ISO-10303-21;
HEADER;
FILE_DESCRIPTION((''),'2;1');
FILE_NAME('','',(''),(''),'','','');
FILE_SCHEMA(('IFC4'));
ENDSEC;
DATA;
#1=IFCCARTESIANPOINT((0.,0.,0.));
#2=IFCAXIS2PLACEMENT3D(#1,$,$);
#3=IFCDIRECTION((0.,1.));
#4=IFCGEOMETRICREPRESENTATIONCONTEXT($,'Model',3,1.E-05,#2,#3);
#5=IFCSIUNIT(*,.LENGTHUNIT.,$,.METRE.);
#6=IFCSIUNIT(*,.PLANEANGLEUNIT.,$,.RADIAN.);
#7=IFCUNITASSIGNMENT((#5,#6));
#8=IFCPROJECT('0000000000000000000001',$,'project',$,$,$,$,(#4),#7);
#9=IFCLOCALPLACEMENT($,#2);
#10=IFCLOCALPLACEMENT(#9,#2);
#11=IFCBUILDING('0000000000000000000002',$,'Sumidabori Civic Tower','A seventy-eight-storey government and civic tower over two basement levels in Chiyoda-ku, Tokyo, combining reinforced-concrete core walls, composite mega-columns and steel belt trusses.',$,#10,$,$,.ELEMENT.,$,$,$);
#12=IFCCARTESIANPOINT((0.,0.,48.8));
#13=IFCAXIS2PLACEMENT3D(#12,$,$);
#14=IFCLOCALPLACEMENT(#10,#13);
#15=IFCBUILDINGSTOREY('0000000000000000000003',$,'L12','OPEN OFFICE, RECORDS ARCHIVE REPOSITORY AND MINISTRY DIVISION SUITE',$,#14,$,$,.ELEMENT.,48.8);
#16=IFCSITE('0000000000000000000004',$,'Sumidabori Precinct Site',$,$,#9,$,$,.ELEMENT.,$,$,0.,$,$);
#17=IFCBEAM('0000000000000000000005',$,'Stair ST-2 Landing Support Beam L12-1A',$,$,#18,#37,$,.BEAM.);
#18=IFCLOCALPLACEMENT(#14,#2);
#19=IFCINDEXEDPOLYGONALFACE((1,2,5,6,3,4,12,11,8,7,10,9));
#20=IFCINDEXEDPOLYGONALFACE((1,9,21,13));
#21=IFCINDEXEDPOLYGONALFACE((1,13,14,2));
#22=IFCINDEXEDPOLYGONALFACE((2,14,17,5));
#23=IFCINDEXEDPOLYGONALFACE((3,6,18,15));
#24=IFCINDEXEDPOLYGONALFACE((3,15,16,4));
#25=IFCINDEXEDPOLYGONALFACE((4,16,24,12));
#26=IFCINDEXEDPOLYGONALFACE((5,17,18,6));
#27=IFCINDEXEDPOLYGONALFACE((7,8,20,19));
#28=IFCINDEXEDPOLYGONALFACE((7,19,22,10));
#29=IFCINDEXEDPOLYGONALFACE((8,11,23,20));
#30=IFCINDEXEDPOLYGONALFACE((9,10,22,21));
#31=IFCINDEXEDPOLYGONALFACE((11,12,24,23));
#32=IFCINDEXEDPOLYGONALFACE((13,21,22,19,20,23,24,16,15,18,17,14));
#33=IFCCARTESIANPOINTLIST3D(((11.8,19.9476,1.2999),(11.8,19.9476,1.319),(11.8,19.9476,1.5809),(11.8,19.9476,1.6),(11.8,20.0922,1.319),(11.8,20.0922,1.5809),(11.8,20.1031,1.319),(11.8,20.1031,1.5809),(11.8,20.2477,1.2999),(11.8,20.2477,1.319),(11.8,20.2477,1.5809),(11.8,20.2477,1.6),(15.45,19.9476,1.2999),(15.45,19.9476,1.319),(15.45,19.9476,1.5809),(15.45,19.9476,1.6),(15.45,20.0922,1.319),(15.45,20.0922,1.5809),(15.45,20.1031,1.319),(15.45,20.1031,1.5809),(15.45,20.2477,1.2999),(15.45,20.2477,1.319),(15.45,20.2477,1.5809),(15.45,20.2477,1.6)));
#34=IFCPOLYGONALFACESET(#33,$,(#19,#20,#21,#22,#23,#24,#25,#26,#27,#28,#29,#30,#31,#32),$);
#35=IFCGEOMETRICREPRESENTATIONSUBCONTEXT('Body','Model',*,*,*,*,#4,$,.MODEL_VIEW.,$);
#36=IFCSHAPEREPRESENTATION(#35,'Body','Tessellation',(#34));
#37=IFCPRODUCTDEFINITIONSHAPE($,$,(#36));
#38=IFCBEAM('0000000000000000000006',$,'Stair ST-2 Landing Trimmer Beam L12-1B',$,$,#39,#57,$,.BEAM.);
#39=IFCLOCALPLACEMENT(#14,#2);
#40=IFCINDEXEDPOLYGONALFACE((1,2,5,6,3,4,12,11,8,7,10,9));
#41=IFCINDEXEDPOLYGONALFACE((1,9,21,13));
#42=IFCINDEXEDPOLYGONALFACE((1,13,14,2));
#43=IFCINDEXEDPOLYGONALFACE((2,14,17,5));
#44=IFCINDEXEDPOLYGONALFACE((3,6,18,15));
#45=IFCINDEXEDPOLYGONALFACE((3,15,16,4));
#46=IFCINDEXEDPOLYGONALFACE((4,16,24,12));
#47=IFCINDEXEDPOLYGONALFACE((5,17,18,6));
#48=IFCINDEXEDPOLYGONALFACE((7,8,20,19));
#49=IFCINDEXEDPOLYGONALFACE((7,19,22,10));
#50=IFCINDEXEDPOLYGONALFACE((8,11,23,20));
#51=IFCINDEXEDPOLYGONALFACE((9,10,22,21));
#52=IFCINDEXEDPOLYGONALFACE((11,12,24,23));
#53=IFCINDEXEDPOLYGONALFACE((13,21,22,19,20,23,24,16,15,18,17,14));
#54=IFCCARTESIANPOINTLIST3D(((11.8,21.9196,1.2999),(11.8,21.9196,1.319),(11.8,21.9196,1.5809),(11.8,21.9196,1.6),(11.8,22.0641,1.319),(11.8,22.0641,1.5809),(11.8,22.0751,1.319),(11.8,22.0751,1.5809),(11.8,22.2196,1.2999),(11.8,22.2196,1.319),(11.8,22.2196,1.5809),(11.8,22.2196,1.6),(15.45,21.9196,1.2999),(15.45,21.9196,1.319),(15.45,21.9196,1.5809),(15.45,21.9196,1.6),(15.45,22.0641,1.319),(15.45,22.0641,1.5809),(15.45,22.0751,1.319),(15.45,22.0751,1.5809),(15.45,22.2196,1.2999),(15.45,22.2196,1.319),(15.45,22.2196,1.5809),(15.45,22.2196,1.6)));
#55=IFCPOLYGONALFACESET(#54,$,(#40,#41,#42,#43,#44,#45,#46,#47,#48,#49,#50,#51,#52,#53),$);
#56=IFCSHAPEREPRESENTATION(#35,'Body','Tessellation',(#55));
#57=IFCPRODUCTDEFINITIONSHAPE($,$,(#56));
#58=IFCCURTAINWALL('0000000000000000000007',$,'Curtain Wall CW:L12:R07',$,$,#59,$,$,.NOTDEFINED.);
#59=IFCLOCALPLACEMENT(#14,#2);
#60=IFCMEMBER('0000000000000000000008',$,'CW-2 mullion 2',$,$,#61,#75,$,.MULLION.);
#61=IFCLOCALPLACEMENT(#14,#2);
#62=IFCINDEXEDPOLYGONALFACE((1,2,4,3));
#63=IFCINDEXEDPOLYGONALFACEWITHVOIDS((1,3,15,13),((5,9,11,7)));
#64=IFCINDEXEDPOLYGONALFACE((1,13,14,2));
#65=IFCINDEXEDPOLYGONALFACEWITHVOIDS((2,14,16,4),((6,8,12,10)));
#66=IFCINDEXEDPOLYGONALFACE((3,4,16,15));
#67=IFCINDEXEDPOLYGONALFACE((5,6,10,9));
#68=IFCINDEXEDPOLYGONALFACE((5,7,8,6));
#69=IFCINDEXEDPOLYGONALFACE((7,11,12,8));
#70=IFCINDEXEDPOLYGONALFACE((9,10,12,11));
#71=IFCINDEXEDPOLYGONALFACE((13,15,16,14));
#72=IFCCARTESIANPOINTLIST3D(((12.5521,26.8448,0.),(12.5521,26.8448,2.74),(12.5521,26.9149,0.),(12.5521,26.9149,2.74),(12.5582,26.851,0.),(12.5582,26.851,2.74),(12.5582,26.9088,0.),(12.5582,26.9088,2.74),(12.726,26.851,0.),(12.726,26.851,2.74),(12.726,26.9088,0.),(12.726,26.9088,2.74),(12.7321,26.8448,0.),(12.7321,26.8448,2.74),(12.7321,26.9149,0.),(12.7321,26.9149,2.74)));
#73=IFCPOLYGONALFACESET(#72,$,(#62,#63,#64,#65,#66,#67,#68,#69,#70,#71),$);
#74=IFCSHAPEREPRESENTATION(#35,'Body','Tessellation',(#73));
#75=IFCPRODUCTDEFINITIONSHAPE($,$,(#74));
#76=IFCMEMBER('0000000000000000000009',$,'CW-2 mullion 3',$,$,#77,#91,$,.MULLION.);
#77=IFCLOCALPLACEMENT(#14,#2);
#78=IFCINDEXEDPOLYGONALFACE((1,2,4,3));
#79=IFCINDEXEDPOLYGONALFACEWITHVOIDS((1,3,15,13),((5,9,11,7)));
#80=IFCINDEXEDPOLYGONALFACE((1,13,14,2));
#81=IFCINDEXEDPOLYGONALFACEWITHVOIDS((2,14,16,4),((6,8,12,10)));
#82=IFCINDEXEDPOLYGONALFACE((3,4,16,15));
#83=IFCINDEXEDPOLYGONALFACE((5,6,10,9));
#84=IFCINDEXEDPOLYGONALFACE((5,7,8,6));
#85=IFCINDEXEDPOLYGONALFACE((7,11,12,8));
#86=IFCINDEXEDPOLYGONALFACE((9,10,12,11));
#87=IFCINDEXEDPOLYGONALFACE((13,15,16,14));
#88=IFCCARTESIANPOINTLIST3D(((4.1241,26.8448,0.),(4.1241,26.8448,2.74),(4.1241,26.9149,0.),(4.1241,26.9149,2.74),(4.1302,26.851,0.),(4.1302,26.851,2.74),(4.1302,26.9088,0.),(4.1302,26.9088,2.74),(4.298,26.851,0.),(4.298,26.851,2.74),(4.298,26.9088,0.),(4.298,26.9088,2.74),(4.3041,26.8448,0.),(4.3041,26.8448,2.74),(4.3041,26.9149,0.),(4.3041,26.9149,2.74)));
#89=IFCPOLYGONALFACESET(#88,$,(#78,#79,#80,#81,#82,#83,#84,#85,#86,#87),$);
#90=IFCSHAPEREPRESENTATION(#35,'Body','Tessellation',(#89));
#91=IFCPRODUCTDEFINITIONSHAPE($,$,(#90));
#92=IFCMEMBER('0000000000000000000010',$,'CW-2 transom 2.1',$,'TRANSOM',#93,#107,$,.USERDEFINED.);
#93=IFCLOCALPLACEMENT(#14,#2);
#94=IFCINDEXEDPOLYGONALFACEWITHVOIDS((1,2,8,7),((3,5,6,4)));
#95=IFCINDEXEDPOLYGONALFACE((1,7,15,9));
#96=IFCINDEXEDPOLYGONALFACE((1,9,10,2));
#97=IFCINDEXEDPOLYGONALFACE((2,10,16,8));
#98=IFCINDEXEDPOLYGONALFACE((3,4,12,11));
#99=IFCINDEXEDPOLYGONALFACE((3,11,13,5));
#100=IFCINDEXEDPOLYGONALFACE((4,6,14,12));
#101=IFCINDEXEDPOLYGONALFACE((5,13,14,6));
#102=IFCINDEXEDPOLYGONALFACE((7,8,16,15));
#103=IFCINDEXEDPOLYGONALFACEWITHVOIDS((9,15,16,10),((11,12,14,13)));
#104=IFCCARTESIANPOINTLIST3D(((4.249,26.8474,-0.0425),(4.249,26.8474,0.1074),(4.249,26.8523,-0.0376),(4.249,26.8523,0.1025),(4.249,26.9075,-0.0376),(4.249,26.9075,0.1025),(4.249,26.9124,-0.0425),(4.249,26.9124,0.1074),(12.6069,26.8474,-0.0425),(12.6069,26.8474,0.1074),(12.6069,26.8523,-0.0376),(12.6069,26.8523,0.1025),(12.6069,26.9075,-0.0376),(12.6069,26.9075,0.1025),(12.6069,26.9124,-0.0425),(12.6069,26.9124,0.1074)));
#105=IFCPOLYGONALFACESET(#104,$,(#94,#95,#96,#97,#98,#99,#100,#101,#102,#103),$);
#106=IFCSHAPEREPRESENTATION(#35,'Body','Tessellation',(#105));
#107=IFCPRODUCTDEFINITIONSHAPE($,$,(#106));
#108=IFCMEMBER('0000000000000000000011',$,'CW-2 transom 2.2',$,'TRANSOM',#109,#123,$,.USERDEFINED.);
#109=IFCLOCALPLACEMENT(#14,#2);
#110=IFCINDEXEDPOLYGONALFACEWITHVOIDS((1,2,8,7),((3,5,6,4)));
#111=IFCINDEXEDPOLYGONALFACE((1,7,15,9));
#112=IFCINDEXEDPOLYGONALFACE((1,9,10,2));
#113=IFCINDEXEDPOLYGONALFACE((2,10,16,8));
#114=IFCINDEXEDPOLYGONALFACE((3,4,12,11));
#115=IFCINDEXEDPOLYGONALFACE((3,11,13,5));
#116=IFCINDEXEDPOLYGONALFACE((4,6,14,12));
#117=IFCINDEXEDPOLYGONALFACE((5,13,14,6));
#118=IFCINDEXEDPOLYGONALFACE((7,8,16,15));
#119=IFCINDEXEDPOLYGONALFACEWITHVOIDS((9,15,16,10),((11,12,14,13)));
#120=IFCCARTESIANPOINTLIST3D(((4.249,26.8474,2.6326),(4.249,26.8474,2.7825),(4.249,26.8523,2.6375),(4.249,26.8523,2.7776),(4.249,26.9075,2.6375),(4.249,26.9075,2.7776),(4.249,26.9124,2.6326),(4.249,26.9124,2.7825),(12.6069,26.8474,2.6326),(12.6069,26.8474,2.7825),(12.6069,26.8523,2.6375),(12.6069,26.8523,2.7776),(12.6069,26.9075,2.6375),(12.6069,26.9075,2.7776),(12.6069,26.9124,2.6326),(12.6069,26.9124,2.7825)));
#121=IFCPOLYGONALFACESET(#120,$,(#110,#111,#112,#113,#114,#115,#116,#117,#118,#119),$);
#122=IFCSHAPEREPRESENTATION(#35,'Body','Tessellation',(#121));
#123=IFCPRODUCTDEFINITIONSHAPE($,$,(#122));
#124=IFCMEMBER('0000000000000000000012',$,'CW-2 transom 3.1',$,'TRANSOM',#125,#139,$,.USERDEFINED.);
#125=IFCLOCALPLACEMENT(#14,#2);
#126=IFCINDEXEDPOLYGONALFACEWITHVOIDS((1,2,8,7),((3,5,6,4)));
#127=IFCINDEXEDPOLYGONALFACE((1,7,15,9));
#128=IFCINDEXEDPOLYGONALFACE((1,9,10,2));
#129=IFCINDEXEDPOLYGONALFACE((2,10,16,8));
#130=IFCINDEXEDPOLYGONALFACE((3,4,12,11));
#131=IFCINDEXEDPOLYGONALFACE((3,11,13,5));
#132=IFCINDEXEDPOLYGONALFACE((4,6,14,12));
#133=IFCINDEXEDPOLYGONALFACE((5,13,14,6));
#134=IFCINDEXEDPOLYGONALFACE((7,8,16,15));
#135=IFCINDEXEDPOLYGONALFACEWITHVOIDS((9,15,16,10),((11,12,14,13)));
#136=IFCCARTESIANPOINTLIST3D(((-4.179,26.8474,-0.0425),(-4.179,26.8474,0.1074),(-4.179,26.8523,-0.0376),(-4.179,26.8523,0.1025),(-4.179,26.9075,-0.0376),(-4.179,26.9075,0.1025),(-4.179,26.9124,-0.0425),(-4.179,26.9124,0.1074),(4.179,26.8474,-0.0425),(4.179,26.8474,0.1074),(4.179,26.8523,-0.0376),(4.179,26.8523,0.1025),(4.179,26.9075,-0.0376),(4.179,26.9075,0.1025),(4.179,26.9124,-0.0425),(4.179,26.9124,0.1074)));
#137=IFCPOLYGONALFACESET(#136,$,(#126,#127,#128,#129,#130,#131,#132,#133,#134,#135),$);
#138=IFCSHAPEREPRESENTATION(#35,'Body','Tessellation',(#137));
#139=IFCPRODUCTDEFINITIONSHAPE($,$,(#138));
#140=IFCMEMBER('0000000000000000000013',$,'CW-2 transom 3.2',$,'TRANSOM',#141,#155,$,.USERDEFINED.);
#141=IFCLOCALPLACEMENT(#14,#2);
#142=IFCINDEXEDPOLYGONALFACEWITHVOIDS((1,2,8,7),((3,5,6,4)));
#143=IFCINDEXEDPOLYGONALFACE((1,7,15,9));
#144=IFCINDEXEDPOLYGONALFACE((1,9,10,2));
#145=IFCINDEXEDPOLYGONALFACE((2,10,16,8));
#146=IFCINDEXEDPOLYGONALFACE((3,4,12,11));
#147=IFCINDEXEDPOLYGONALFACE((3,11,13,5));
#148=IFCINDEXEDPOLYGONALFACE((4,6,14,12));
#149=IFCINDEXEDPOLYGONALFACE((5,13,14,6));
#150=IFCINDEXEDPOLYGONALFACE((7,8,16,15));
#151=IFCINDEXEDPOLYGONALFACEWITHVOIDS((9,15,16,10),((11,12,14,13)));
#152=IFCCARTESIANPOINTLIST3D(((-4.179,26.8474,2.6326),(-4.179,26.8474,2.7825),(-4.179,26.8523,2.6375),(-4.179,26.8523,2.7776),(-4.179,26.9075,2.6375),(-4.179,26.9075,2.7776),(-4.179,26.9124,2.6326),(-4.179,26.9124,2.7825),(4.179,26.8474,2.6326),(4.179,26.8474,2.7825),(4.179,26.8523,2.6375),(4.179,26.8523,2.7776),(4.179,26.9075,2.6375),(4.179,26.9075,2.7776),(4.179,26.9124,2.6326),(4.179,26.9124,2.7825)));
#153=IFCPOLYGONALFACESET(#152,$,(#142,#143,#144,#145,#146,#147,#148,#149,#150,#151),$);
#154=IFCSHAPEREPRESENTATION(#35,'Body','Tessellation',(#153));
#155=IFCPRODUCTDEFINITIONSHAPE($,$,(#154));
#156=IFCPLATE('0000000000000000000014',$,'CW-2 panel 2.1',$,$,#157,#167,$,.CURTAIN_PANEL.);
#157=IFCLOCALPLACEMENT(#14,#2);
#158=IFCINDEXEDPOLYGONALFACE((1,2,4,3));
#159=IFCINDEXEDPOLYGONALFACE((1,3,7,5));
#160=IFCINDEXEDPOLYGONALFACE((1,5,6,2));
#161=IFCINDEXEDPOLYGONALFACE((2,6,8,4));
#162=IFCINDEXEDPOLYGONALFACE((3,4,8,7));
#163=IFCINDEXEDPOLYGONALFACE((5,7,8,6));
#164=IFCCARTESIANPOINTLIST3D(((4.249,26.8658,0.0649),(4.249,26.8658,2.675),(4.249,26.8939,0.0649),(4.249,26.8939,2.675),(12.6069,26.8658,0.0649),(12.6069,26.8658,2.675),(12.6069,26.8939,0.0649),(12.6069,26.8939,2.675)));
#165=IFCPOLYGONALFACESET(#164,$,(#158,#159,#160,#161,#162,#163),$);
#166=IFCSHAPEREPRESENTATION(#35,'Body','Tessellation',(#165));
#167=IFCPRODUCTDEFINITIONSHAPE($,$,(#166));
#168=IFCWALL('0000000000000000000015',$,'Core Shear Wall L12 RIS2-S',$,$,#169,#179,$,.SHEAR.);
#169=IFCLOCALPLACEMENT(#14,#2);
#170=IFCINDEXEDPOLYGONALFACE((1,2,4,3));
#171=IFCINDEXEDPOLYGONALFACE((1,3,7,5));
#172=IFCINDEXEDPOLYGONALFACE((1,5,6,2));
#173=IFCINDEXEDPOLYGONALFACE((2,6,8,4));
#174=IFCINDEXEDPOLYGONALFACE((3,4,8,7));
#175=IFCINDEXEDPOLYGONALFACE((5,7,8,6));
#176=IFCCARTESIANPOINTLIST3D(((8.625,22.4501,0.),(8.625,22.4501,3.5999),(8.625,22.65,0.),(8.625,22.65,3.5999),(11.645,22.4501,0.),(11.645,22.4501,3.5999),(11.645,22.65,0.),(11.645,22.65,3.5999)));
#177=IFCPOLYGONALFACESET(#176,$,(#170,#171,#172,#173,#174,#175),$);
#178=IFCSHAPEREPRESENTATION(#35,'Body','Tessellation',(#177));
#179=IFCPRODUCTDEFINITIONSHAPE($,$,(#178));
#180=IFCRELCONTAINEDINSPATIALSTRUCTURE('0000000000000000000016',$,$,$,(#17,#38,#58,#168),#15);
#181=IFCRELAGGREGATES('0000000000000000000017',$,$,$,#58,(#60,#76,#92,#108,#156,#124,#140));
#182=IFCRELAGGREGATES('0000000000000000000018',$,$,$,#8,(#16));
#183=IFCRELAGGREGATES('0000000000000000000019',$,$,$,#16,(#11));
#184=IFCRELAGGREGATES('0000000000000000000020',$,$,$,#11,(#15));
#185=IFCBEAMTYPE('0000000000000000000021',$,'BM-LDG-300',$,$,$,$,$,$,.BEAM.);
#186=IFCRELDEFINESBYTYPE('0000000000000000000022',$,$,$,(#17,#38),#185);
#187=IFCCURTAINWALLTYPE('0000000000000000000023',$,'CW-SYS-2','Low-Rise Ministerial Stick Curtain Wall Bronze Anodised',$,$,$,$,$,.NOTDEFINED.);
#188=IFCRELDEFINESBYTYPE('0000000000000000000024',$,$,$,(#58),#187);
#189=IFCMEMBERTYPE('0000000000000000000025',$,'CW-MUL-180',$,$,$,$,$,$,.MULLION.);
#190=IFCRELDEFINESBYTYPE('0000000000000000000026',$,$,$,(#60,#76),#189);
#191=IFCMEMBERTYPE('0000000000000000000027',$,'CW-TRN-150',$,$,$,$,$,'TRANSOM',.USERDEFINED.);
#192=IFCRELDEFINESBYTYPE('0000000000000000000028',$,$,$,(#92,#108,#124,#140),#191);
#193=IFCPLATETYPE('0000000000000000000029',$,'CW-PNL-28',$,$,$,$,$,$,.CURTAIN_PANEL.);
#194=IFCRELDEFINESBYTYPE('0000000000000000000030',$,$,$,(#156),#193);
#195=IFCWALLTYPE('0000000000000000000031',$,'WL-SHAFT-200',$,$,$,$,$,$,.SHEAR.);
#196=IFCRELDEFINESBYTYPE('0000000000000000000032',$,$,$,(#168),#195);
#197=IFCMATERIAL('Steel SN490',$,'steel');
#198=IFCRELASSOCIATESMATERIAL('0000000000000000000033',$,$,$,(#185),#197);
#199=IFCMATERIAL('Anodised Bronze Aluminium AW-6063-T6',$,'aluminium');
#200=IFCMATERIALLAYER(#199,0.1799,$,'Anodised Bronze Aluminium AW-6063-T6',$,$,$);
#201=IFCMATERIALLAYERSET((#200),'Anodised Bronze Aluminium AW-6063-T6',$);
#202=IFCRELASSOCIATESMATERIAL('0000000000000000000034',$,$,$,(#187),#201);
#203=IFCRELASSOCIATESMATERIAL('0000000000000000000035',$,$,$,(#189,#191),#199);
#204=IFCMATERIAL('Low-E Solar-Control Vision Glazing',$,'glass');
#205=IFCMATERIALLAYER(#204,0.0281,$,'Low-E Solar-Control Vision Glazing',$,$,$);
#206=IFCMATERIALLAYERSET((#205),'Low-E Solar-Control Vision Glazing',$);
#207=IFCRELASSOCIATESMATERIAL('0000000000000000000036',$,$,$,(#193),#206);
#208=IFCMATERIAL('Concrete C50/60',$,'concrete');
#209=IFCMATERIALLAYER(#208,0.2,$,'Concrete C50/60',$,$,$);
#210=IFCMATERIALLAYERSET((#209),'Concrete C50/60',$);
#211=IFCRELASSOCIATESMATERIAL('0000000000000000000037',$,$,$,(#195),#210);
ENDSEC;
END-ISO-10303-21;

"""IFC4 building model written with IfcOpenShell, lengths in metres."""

from ifc_helpers import new_model, si_unit, direction, frame, frame_2d, origin, origin_2d, place, context, subcontext, project, spatial, rectangle, hollow_rectangle, i_section, extrude, source, transform, mapped, material, layer, layer_set, material_profile, profile_set, type_object, element, aggregate, save


model = new_model("IFC4")

# Units and contexts
model_context = context("Model", 3, precision=1e-05, world=origin(), true_north=direction((0.0, 1.0)))
body_context = subcontext(model_context, "Body", "Model", "MODEL_VIEW")
ifc_project = project(units=[si_unit("LENGTHUNIT", "METRE"), si_unit("PLANEANGLEUNIT", "RADIAN")], contexts=[model_context])

# Site, building, storey
site_placement = place(None, origin())
site = spatial("IfcSite", under=ifc_project, at=site_placement, Name="Sumidabori Precinct Site", CompositionType="ELEMENT", RefElevation=0.0)
building_placement = place(site_placement, origin())
building = spatial("IfcBuilding", under=site, at=building_placement, Name="Sumidabori Civic Tower", Description="A seventy-eight-storey government and civic tower over two basement levels in Chiyoda-ku, Tokyo, combining reinforced-concrete core walls, composite mega-columns and steel belt trusses.", CompositionType="ELEMENT")
storey_placement = place(building_placement, frame((0.0, 0.0, 48.8)))
storey = spatial("IfcBuildingStorey", under=building, at=storey_placement, Name="L12", Description="OPEN OFFICE, RECORDS ARCHIVE REPOSITORY AND MINISTRY DIVISION SUITE", CompositionType="ELEMENT", Elevation=48.8)

# Beams
ifc_material_1 = material(Name="Steel SN490", Category="steel")
ifc_material_profile_1 = material_profile(ifc_material_1, i_section(OverallWidth=0.3, OverallDepth=0.3, WebThickness=0.011, FlangeThickness=0.019, at=origin_2d()), Name="HE 300 B")
ifc_profile_set_1 = profile_set([ifc_material_profile_1], Name="Steel SN490")
beam_type = type_object("IfcBeamType", Name="BM-LDG-300", PredefinedType="BEAM", material=ifc_profile_set_1)
shared_shape_1 = source(origin(), body_context, "Body", "SweptSolid", [
    extrude(i_section(OverallWidth=0.3, OverallDepth=0.3, WebThickness=0.011, FlangeThickness=0.019, at=origin_2d()), origin(), (0.0, 0.0, 1.0), 3.6499),
])
for number, where, z_axis, x_axis, name in (
    (1, (11.8, 20.0977, 1.45), (1.0, 0.0, 0.0), (0.0, 1.0, 0.0), "Stair ST-2 Landing Support Beam L12-1A"),
    (2, (11.8, 22.0696, 1.45), (1.0, 0.0, 0.0), (0.0, 1.0, 0.0), "Stair ST-2 Landing Trimmer Beam L12-1B"),
):
    element("IfcBeam", number, at=place(storey_placement, frame(where, z_axis=z_axis, x_axis=x_axis)), inside=storey, type_object=beam_type, Name=name, PredefinedType="BEAM", context=body_context, shape_type="MappedRepresentation", body=[
        mapped(shared_shape_1, transform((0.0, 0.0, 0.0), x_axis=(1.0, 0.0, 0.0), y_axis=(0.0, 1.0, 0.0), z_axis=(0.0, 0.0, 1.0), scale=1.0)),
    ])

# Curtain wall, members, plate
ifc_material_2 = material(Name="Anodised Bronze Aluminium AW-6063-T6", Category="aluminium")
ifc_layer_1 = layer(ifc_material_2, 0.1799, Name="Anodised Bronze Aluminium AW-6063-T6")
ifc_layer_set_1 = layer_set([ifc_layer_1], Name="Anodised Bronze Aluminium AW-6063-T6")
curtain_wall_type = type_object("IfcCurtainWallType", Name="CW-SYS-2", Description="Low-Rise Ministerial Stick Curtain Wall Bronze Anodised", PredefinedType="NOTDEFINED", material=ifc_layer_set_1)
curtain_wall_placement = place(storey_placement, origin())
curtain_wall = element("IfcCurtainWall", 3, at=curtain_wall_placement, inside=storey, type_object=curtain_wall_type, Name="Curtain Wall CW:L12:R07", PredefinedType="NOTDEFINED")
ifc_material_profile_2 = material_profile(ifc_material_2, hollow_rectangle(XDim=0.0701, YDim=0.1799, WallThickness=0.0061, at=origin_2d()), Name="ALU MULLION 180x70")
ifc_profile_set_2 = profile_set([ifc_material_profile_2], Name="Anodised Bronze Aluminium AW-6063-T6")
member_type_1 = type_object("IfcMemberType", Name="CW-MUL-180", PredefinedType="MULLION", material=ifc_profile_set_2)
shared_shape_2 = source(origin(), body_context, "Body", "SweptSolid", [
    extrude(hollow_rectangle(XDim=0.0701, YDim=0.1799, WallThickness=0.0061, at=origin_2d()), origin(), (0.0, 0.0, 1.0), 2.74),
])
member_1_placement = place(storey_placement, frame((12.6421, 26.8799, 0.0), z_axis=(0.0, 0.0, 1.0), x_axis=(0.0, -1.0, 0.0)))
member_1 = element("IfcMember", 4, at=member_1_placement, type_object=member_type_1, Name="CW-2 mullion 2", PredefinedType="MULLION", context=body_context, shape_type="MappedRepresentation", body=[
    mapped(shared_shape_2, transform((0.0, 0.0, 0.0), x_axis=(1.0, 0.0, 0.0), y_axis=(0.0, 1.0, 0.0), z_axis=(0.0, 0.0, 1.0), scale=1.0)),
])
member_2_placement = place(storey_placement, frame((4.2141, 26.8799, 0.0), z_axis=(0.0, 0.0, 1.0), x_axis=(0.0, -1.0, 0.0)))
member_2 = element("IfcMember", 5, at=member_2_placement, type_object=member_type_1, Name="CW-2 mullion 3", PredefinedType="MULLION", context=body_context, shape_type="MappedRepresentation", body=[
    mapped(shared_shape_2, transform((0.0, 0.0, 0.0), x_axis=(1.0, 0.0, 0.0), y_axis=(0.0, 1.0, 0.0), z_axis=(0.0, 0.0, 1.0), scale=1.0)),
])
ifc_material_profile_3 = material_profile(ifc_material_2, hollow_rectangle(XDim=0.0649, YDim=0.1499, WallThickness=0.0049, at=origin_2d()), Name="ALU TRANSOM 150x65")
ifc_profile_set_3 = profile_set([ifc_material_profile_3], Name="Anodised Bronze Aluminium AW-6063-T6")
member_type_2 = type_object("IfcMemberType", Name="CW-TRN-150", ElementType="TRANSOM", PredefinedType="USERDEFINED", material=ifc_profile_set_3)
shared_shape_3 = source(origin(), body_context, "Body", "SweptSolid", [
    extrude(hollow_rectangle(XDim=0.0649, YDim=0.1499, WallThickness=0.0049, at=origin_2d()), origin(), (0.0, 0.0, 1.0), 8.3579),
])
member_3_placement = place(storey_placement, frame((12.6069, 26.8799, 0.0325), z_axis=(-1.0, 0.0, 0.0), x_axis=(0.0, -1.0, 0.0)))
member_3 = element("IfcMember", 6, at=member_3_placement, type_object=member_type_2, Name="CW-2 transom 2.1", ObjectType="TRANSOM", PredefinedType="USERDEFINED", context=body_context, shape_type="MappedRepresentation", body=[
    mapped(shared_shape_3, transform((0.0, 0.0, 0.0), x_axis=(1.0, 0.0, 0.0), y_axis=(0.0, 1.0, 0.0), z_axis=(0.0, 0.0, 1.0), scale=1.0)),
])
member_4_placement = place(storey_placement, frame((12.6069, 26.8799, 2.7075), z_axis=(-1.0, 0.0, 0.0), x_axis=(0.0, -1.0, 0.0)))
member_4 = element("IfcMember", 7, at=member_4_placement, type_object=member_type_2, Name="CW-2 transom 2.2", ObjectType="TRANSOM", PredefinedType="USERDEFINED", context=body_context, shape_type="MappedRepresentation", body=[
    mapped(shared_shape_3, transform((0.0, 0.0, 0.0), x_axis=(1.0, 0.0, 0.0), y_axis=(0.0, 1.0, 0.0), z_axis=(0.0, 0.0, 1.0), scale=1.0)),
])
member_5_placement = place(storey_placement, frame((4.179, 26.8799, 0.0325), z_axis=(-1.0, 0.0, 0.0), x_axis=(0.0, -1.0, 0.0)))
member_5 = element("IfcMember", 8, at=member_5_placement, type_object=member_type_2, Name="CW-2 transom 3.1", ObjectType="TRANSOM", PredefinedType="USERDEFINED", context=body_context, shape_type="MappedRepresentation", body=[
    mapped(shared_shape_3, transform((0.0, 0.0, 0.0), x_axis=(1.0, 0.0, 0.0), y_axis=(0.0, 1.0, 0.0), z_axis=(0.0, 0.0, 1.0), scale=1.0)),
])
member_6_placement = place(storey_placement, frame((4.179, 26.8799, 2.7075), z_axis=(-1.0, 0.0, 0.0), x_axis=(0.0, -1.0, 0.0)))
member_6 = element("IfcMember", 9, at=member_6_placement, type_object=member_type_2, Name="CW-2 transom 3.2", ObjectType="TRANSOM", PredefinedType="USERDEFINED", context=body_context, shape_type="MappedRepresentation", body=[
    mapped(shared_shape_3, transform((0.0, 0.0, 0.0), x_axis=(1.0, 0.0, 0.0), y_axis=(0.0, 1.0, 0.0), z_axis=(0.0, 0.0, 1.0), scale=1.0)),
])
ifc_material_3 = material(Name="Low-E Solar-Control Vision Glazing", Category="glass")
ifc_layer_2 = layer(ifc_material_3, 0.0281, Name="Low-E Solar-Control Vision Glazing")
ifc_layer_set_2 = layer_set([ifc_layer_2], Name="Low-E Solar-Control Vision Glazing")
plate_type = type_object("IfcPlateType", Name="CW-PNL-28", PredefinedType="CURTAIN_PANEL", material=ifc_layer_set_2)
shared_shape_4 = source(origin(), body_context, "Body", "SweptSolid", [
    extrude(rectangle(XDim=8.3579, YDim=0.0281, at=origin_2d()), origin(), (0.0, 0.0, 1.0), 2.6101),
])
plate_placement = place(storey_placement, frame((8.428, 26.8799, 0.0649), z_axis=(0.0, 0.0, 1.0), x_axis=(-1.0, 0.0, 0.0)))
plate = element("IfcPlate", 10, at=plate_placement, type_object=plate_type, Name="CW-2 panel 2.1", PredefinedType="CURTAIN_PANEL", context=body_context, shape_type="MappedRepresentation", body=[
    mapped(shared_shape_4, transform((0.0, 0.0, 0.0), x_axis=(1.0, 0.0, 0.0), y_axis=(0.0, 1.0, 0.0), z_axis=(0.0, 0.0, 1.0), scale=1.0)),
])
aggregate(curtain_wall, [member_1, member_2, member_3, member_4, plate, member_5, member_6])

# Wall
ifc_material_4 = material(Name="Concrete C50/60", Category="concrete")
ifc_layer_3 = layer(ifc_material_4, 0.2, Name="Concrete C50/60")
ifc_layer_set_3 = layer_set([ifc_layer_3], Name="Concrete C50/60")
wall_type_1 = type_object("IfcWallType", Name="WL-SHAFT-200", PredefinedType="SHEAR", material=ifc_layer_set_3)
shared_shape_5 = source(origin(), body_context, "Body", "SweptSolid", [
    extrude(rectangle(XDim=3.02, YDim=0.2, at=frame_2d((1.51, 0.0))), origin(), (0.0, 0.0, 1.0), 3.5999),
])
wall_1_placement = place(storey_placement, frame((8.625, 22.55, 0.0), z_axis=(0.0, 0.0, 1.0), x_axis=(1.0, 0.0, 0.0)))
element("IfcWall", 11, at=wall_1_placement, inside=storey, type_object=wall_type_1, Name="Core Shear Wall L12 RIS2-S", PredefinedType="SHEAR", context=body_context, shape_type="MappedRepresentation", body=[
    mapped(shared_shape_5, transform((0.0, 0.0, 0.0), x_axis=(1.0, 0.0, 0.0), y_axis=(0.0, 1.0, 0.0), z_axis=(0.0, 0.0, 1.0), scale=1.0)),
])

save(model, "model.ifc")
